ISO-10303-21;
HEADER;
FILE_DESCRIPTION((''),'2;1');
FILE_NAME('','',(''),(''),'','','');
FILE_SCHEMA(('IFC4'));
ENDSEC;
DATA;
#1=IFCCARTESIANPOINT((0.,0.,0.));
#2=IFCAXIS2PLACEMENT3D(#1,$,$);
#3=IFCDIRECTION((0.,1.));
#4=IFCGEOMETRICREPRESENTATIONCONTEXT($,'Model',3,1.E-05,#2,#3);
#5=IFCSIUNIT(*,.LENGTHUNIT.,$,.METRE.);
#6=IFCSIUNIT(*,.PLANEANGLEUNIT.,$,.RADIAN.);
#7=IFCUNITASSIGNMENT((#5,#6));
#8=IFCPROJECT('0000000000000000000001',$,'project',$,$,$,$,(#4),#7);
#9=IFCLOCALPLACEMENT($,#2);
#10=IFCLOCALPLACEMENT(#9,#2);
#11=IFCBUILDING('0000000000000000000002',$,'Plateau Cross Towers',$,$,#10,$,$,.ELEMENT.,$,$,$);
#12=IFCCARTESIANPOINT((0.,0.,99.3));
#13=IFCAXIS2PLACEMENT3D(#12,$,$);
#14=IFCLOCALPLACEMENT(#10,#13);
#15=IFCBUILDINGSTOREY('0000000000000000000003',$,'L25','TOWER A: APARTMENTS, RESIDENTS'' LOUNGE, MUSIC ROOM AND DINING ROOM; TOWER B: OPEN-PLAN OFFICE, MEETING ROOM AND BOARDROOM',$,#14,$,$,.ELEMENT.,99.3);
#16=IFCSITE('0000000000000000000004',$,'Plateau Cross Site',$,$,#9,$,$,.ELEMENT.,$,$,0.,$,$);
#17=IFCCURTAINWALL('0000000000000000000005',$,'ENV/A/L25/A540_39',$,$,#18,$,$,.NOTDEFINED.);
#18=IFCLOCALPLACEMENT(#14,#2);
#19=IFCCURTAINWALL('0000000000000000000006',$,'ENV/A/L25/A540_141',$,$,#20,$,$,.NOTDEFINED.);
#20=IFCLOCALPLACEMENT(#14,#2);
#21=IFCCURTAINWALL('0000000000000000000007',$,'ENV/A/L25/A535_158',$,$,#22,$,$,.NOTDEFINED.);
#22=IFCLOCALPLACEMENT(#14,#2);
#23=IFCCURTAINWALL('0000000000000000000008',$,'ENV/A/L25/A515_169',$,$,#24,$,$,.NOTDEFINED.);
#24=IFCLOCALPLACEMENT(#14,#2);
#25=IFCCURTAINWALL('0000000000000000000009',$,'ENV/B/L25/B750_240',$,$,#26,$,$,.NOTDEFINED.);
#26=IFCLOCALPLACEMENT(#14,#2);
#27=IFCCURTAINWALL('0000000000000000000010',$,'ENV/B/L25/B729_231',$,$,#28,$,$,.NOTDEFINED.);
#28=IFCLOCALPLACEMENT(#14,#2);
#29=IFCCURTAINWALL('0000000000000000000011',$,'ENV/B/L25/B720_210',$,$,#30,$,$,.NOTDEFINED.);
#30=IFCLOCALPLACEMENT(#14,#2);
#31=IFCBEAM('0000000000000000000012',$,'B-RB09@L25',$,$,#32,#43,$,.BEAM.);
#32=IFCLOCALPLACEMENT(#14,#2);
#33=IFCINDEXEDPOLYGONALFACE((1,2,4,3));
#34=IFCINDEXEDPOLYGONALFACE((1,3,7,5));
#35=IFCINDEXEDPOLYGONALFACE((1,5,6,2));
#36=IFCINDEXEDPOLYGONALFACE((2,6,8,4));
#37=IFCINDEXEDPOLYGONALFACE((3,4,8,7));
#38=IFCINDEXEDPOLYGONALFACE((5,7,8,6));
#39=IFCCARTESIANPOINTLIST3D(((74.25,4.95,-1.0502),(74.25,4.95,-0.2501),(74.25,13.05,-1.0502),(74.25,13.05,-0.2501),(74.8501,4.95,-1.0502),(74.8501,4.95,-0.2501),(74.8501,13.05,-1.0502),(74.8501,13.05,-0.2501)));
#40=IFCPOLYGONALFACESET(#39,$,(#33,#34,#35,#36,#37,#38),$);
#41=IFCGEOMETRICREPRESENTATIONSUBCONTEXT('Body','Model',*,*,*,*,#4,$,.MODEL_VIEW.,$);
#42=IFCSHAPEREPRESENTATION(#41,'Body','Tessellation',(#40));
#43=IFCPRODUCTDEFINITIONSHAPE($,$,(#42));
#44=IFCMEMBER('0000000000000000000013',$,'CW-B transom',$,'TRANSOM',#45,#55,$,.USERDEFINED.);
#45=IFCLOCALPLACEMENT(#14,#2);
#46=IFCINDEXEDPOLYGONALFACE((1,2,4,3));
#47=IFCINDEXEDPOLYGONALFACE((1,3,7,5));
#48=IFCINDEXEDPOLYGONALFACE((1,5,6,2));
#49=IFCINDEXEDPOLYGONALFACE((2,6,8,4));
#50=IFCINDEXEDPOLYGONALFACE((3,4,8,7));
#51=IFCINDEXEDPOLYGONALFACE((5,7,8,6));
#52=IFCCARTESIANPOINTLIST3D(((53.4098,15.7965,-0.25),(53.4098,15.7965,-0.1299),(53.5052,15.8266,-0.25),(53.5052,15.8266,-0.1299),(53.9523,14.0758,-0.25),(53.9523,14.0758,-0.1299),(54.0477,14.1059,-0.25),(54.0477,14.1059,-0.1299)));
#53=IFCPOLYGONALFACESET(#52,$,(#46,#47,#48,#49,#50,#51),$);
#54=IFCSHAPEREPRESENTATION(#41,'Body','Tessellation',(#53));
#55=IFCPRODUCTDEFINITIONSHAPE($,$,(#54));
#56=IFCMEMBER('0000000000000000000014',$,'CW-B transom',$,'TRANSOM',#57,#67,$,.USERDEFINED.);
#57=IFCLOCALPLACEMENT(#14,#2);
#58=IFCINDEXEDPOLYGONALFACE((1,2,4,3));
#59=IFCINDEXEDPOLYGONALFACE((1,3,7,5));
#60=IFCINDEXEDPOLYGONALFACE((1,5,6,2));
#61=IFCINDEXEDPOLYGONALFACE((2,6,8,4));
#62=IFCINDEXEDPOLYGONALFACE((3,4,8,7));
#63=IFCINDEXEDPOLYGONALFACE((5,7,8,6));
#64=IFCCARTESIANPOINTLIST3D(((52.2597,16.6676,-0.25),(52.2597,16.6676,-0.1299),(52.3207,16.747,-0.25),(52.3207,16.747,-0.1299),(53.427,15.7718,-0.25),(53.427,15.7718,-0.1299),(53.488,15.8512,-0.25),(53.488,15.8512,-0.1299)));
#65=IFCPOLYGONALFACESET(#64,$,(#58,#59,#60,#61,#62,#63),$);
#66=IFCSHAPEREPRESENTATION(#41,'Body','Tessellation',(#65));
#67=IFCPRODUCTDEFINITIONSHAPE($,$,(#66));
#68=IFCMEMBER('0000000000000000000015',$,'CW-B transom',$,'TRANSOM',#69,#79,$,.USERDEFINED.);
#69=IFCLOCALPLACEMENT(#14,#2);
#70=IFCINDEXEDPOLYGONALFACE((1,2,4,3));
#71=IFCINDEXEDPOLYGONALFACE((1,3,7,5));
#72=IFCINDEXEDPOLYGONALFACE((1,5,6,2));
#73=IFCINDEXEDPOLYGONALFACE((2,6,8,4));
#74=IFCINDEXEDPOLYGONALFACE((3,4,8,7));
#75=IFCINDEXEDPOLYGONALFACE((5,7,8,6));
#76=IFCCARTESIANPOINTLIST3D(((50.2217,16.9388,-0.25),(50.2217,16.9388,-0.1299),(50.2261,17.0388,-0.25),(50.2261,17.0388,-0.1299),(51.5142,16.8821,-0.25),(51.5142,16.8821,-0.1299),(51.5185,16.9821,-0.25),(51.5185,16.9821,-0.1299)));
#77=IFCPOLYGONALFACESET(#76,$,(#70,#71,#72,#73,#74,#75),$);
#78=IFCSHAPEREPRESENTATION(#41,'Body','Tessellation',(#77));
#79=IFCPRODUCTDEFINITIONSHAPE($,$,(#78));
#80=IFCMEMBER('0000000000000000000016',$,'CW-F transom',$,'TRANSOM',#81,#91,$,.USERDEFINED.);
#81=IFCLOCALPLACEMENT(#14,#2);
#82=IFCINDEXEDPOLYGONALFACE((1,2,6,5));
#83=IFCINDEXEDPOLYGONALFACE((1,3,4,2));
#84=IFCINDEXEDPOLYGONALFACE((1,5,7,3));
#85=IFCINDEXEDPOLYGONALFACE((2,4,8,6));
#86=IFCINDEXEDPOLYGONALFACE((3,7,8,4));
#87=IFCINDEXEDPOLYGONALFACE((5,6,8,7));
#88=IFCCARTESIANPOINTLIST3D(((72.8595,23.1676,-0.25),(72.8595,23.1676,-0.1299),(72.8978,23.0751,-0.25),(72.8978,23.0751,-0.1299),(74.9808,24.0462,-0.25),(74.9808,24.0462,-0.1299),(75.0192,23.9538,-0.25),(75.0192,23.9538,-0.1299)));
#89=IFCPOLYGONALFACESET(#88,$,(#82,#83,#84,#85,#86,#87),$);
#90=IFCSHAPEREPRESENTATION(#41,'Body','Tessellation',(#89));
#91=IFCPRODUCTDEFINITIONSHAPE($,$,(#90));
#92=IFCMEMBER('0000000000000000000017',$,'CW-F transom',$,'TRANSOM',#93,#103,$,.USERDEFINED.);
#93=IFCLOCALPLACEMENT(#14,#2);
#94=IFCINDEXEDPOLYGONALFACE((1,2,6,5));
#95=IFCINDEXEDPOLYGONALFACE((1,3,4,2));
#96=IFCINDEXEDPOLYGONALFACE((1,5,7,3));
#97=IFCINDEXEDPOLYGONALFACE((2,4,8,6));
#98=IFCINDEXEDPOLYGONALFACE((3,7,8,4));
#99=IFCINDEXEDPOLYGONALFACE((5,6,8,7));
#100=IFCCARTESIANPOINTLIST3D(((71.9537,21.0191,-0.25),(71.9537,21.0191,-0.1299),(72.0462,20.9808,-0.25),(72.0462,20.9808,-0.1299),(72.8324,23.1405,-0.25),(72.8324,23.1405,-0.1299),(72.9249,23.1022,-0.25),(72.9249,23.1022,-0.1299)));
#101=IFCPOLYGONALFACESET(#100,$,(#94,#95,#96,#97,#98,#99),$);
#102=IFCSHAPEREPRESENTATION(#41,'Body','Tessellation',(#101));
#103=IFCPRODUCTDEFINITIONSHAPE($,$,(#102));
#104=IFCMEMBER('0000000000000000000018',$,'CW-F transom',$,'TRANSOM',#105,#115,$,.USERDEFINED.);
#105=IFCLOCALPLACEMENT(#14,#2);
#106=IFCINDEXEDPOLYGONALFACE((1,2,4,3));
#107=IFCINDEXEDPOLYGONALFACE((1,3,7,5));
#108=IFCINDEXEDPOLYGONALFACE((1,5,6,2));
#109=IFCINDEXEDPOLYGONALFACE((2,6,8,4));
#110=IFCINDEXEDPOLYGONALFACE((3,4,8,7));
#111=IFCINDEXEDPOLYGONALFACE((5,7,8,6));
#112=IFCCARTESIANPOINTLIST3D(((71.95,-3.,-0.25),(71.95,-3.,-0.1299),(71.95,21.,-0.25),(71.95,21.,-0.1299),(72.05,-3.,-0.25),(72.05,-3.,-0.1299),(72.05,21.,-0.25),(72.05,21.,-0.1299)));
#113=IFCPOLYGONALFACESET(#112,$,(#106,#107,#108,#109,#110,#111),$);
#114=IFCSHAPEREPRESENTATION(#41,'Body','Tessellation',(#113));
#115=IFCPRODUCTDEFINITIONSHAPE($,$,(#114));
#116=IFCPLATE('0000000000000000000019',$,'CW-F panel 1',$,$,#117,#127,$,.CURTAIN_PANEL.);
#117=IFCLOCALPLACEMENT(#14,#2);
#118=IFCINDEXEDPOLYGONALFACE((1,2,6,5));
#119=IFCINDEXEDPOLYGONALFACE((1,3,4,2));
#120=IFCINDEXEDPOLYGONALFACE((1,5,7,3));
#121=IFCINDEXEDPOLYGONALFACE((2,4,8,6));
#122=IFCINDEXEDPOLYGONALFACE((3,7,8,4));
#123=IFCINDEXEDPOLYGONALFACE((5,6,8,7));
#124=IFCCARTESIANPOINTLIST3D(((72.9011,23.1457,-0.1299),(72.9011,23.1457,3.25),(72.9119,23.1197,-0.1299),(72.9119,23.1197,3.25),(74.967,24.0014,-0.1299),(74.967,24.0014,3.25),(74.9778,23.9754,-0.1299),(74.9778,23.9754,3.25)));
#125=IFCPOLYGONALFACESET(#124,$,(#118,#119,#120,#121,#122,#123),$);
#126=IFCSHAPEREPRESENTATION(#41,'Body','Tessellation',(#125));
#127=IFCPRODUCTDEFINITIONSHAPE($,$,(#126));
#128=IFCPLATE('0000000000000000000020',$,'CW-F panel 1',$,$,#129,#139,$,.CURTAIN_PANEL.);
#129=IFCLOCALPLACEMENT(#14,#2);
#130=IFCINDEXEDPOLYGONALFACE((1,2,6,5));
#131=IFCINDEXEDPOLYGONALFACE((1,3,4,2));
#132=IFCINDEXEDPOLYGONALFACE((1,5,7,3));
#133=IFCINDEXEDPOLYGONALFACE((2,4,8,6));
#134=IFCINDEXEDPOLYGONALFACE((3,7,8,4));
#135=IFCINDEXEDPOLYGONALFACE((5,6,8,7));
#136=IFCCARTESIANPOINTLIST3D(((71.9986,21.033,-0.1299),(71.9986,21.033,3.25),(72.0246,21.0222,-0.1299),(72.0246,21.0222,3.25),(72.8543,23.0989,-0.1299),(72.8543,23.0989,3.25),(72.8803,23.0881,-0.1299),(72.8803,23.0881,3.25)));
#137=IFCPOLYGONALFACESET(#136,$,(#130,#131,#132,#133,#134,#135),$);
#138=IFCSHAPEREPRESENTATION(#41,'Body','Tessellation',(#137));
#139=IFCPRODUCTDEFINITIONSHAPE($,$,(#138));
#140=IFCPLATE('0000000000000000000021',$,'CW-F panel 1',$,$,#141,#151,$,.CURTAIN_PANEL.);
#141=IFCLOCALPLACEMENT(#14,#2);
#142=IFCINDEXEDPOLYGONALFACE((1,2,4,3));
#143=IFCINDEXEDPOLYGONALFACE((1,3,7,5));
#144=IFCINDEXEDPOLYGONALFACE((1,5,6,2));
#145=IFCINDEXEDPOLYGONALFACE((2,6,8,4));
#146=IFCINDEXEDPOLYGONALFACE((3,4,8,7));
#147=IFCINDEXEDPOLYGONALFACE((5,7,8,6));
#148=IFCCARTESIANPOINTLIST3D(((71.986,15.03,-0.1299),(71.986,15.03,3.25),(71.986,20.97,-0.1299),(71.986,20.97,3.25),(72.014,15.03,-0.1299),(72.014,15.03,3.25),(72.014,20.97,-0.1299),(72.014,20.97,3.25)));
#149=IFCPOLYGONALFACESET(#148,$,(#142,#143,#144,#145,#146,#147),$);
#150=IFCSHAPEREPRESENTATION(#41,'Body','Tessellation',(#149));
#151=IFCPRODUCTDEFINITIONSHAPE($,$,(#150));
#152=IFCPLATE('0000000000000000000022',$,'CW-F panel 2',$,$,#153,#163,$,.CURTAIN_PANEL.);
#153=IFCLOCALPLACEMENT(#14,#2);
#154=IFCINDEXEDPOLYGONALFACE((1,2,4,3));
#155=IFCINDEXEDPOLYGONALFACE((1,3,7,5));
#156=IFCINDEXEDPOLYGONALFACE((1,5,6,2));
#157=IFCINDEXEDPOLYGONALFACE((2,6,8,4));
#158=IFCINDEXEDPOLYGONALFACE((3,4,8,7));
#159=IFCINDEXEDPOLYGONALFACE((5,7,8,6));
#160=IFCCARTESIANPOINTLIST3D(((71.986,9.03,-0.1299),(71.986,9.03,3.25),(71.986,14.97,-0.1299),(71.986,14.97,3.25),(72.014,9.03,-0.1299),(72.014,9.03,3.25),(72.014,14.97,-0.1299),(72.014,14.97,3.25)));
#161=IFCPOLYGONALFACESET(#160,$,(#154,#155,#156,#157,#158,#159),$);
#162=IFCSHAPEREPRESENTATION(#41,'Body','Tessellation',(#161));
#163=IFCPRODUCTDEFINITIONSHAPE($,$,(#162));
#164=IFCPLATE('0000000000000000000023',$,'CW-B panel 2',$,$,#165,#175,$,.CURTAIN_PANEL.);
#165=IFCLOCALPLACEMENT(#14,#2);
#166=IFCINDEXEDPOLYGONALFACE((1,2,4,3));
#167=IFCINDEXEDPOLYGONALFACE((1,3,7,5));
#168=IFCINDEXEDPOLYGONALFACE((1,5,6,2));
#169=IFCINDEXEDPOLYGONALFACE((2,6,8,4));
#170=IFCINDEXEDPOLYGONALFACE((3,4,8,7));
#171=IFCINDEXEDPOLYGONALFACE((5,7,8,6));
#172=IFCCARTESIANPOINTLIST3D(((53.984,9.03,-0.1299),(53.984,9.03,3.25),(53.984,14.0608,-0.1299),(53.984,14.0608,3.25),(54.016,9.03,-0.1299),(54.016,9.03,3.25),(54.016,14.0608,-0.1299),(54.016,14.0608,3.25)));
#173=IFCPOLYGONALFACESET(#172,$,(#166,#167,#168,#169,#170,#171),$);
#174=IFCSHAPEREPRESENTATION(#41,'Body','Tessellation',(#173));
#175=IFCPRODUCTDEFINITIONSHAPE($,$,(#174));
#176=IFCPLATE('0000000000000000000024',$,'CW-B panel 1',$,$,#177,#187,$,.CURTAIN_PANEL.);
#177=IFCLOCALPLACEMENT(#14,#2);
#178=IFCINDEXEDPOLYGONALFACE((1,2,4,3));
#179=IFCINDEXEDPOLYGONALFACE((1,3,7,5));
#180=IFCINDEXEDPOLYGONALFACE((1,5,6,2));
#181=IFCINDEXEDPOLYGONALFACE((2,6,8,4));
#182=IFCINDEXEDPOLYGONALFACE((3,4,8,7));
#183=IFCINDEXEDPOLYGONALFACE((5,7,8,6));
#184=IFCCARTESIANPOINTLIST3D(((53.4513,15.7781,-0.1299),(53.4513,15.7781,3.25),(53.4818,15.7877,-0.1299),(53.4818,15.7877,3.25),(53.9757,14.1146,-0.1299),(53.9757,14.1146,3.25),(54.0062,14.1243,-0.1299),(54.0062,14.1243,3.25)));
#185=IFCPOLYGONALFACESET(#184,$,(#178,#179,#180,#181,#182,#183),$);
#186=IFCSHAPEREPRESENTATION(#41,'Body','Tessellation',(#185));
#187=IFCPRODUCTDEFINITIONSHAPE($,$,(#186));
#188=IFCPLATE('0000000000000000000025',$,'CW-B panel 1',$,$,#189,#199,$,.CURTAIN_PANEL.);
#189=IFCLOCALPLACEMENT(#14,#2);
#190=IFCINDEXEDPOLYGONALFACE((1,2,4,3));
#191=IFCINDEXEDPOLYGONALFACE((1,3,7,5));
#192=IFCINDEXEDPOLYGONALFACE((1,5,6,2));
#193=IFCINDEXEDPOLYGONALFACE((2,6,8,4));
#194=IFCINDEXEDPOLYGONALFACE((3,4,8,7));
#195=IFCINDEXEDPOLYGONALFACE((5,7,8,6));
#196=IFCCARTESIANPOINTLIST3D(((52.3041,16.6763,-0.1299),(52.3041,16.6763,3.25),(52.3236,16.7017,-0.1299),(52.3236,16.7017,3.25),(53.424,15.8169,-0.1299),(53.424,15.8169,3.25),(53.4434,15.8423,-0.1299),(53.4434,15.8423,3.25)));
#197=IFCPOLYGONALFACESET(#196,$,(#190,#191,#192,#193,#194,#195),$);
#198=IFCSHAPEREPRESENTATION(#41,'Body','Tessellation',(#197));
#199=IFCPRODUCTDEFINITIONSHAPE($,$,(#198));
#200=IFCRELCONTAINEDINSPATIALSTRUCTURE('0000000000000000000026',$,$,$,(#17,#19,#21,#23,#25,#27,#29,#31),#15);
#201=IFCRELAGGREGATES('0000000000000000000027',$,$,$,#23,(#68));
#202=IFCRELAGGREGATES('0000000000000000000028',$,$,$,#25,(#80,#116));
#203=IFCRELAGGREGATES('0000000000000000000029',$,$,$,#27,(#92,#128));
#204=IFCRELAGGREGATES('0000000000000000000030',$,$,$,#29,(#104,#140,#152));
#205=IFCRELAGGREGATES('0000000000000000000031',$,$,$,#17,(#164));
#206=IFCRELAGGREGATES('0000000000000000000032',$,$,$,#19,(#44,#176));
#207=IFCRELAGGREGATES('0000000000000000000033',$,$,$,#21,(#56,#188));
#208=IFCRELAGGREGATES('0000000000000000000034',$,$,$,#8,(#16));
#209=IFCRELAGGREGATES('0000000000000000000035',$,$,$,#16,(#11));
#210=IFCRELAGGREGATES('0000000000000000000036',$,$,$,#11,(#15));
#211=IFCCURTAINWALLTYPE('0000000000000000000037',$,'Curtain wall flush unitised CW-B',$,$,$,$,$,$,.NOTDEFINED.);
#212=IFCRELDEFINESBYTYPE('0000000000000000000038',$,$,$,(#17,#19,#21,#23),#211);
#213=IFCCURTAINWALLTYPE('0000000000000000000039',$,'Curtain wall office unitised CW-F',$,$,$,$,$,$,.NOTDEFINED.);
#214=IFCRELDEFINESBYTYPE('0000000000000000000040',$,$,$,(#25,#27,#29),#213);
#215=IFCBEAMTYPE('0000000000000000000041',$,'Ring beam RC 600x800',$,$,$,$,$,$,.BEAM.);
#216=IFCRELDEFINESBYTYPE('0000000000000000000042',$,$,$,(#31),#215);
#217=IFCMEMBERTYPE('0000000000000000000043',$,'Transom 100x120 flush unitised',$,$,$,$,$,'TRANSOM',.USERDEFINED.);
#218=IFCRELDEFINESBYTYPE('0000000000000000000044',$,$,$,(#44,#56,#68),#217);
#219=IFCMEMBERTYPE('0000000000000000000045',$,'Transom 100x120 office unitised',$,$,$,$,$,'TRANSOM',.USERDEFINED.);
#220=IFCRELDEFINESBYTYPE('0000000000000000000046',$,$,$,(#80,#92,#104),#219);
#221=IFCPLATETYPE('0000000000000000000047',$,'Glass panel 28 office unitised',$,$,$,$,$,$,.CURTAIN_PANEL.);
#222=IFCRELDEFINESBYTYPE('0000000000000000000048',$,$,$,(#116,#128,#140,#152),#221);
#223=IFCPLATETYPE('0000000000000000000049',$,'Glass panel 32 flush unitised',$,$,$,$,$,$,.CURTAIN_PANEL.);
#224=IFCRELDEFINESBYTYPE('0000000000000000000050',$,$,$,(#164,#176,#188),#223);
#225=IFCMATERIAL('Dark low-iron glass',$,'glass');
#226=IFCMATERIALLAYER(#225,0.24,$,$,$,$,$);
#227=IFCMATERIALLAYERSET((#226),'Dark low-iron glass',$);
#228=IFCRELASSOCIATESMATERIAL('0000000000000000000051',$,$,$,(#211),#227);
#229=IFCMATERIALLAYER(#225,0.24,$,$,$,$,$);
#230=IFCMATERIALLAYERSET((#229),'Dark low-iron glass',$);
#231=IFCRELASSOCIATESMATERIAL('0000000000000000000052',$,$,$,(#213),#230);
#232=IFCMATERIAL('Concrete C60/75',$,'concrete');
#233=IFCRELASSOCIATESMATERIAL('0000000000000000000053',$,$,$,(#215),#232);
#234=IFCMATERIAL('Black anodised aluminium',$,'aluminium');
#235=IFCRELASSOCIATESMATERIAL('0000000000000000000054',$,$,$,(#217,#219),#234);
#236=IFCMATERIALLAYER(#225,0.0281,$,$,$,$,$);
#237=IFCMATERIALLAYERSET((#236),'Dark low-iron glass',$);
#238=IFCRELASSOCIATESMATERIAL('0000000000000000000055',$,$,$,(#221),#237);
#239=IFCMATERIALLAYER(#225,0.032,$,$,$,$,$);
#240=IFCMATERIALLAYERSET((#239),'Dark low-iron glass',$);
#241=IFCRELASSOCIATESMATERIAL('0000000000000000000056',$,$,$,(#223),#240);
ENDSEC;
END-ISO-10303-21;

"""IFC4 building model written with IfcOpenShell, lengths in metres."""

from ifc_helpers import new_model, si_unit, direction, frame, origin, origin_2d, place, context, subcontext, project, spatial, rectangle, extrude, material, layer, layer_set, material_profile, profile_set, type_object, element, aggregate, save


model = new_model("IFC4")

# Units and contexts
model_context = context("Model", 3, precision=1e-05, world=origin(), true_north=direction((0.0, 1.0)))
body_context = subcontext(model_context, "Body", "Model", "MODEL_VIEW")
ifc_project = project(units=[si_unit("LENGTHUNIT", "METRE"), si_unit("PLANEANGLEUNIT", "RADIAN")], contexts=[model_context])

# Site, building, storey
site_placement = place(None, origin())
site = spatial("IfcSite", under=ifc_project, at=site_placement, Name="Plateau Cross Site", CompositionType="ELEMENT", RefElevation=0.0)
building_placement = place(site_placement, origin())
building = spatial("IfcBuilding", under=site, at=building_placement, Name="Plateau Cross Towers", CompositionType="ELEMENT")
storey_placement = place(building_placement, frame((0.0, 0.0, 99.3)))
storey = spatial("IfcBuildingStorey", under=building, at=storey_placement, Name="L25", Description="TOWER A: APARTMENTS, RESIDENTS' LOUNGE, MUSIC ROOM AND DINING ROOM; TOWER B: OPEN-PLAN OFFICE, MEETING ROOM AND BOARDROOM", CompositionType="ELEMENT", Elevation=99.3)

# Shared definitions
ifc_material_1 = material(Name="Concrete C60/75", Category="concrete")

# Curtain walls
ifc_material_2 = material(Name="Dark low-iron glass", Category="glass")
ifc_layer_1 = layer(ifc_material_2, 0.24)
ifc_layer_set_1 = layer_set([ifc_layer_1], Name="Dark low-iron glass")
curtain_wall_type_1 = type_object("IfcCurtainWallType", Name="Curtain wall flush unitised CW-B", PredefinedType="NOTDEFINED", material=ifc_layer_set_1)
curtain_wall_1_placement = place(storey_placement, origin())
curtain_wall_1 = element("IfcCurtainWall", 1, at=curtain_wall_1_placement, inside=storey, type_object=curtain_wall_type_1, Name="ENV/A/L25/A540_39", PredefinedType="NOTDEFINED")
ifc_material_3 = material(Name="Black anodised aluminium", Category="aluminium")
curtain_wall_2_placement = place(storey_placement, origin())
curtain_wall_2 = element("IfcCurtainWall", 2, at=curtain_wall_2_placement, inside=storey, type_object=curtain_wall_type_1, Name="ENV/A/L25/A540_141", PredefinedType="NOTDEFINED")

# Curtain wall
curtain_wall_3_placement = place(storey_placement, origin())
curtain_wall_3 = element("IfcCurtainWall", 3, at=curtain_wall_3_placement, inside=storey, type_object=curtain_wall_type_1, Name="ENV/A/L25/A535_158", PredefinedType="NOTDEFINED")

# Curtain walls
curtain_wall_4_placement = place(storey_placement, origin())
curtain_wall_4 = element("IfcCurtainWall", 4, at=curtain_wall_4_placement, inside=storey, type_object=curtain_wall_type_1, Name="ENV/A/L25/A515_169", PredefinedType="NOTDEFINED")
ifc_layer_2 = layer(ifc_material_2, 0.24)
ifc_layer_set_2 = layer_set([ifc_layer_2], Name="Dark low-iron glass")
curtain_wall_type_2 = type_object("IfcCurtainWallType", Name="Curtain wall office unitised CW-F", PredefinedType="NOTDEFINED", material=ifc_layer_set_2)
curtain_wall_5_placement = place(storey_placement, origin())
curtain_wall_5 = element("IfcCurtainWall", 5, at=curtain_wall_5_placement, inside=storey, type_object=curtain_wall_type_2, Name="ENV/B/L25/B750_240", PredefinedType="NOTDEFINED")
curtain_wall_6_placement = place(storey_placement, origin())
curtain_wall_6 = element("IfcCurtainWall", 6, at=curtain_wall_6_placement, inside=storey, type_object=curtain_wall_type_2, Name="ENV/B/L25/B729_231", PredefinedType="NOTDEFINED")

# Curtain wall
curtain_wall_7_placement = place(storey_placement, origin())
curtain_wall_7 = element("IfcCurtainWall", 7, at=curtain_wall_7_placement, inside=storey, type_object=curtain_wall_type_2, Name="ENV/B/L25/B720_210", PredefinedType="NOTDEFINED")

# Beam
ifc_material_profile_1 = material_profile(ifc_material_1, rectangle(XDim=0.6001, YDim=0.8, at=origin_2d()), Name="RC 600x800")
ifc_profile_set_1 = profile_set([ifc_material_profile_1], Name="Concrete C60/75")
beam_type = type_object("IfcBeamType", Name="Ring beam RC 600x800", PredefinedType="BEAM", material=ifc_profile_set_1)
for number, where, z_axis, x_axis, name in (
    (8, (74.55, 13.05, -0.6501), (0.0, -1.0, 0.0), (1.0, 0.0, 0.0), "B-RB09@L25"),
):
    element("IfcBeam", number, at=place(storey_placement, frame(where, z_axis=z_axis, x_axis=x_axis)), inside=storey, type_object=beam_type, Name=name, PredefinedType="BEAM", context=body_context, shape_type="SweptSolid", body=[
        extrude(rectangle(XDim=0.6001, YDim=0.8, at=origin_2d()), origin(), (0.0, 0.0, 1.0), 8.1001),
    ])

# Members
ifc_material_profile_2 = material_profile(ifc_material_3, rectangle(XDim=0.1001, YDim=0.1201, at=origin_2d()), Name="TRANSOM 100x120")
ifc_profile_set_2 = profile_set([ifc_material_profile_2], Name="Black anodised aluminium")
member_type_1 = type_object("IfcMemberType", Name="Transom 100x120 flush unitised", ElementType="TRANSOM", PredefinedType="USERDEFINED", material=ifc_profile_set_2)
member_1_placement = place(storey_placement, frame((54.0, 14.0908, -0.1899), z_axis=(-0.300678, 0.953726, 0.0), x_axis=(-0.953726, -0.300678, 0.0)))
member_1 = element("IfcMember", 9, at=member_1_placement, type_object=member_type_1, Name="CW-B transom", ObjectType="TRANSOM", PredefinedType="USERDEFINED", context=body_context, shape_type="SweptSolid", body=[
    extrude(rectangle(XDim=0.1001, YDim=0.1201, at=origin_2d()), origin(), (0.0, 0.0, 1.0), 1.8042),
])
member_2_placement = place(storey_placement, frame((53.4575, 15.8115, -0.1899), z_axis=(-0.793321, 0.608804, 0.0), x_axis=(-0.608804, -0.793321, 0.0)))
member_2 = element("IfcMember", 10, at=member_2_placement, type_object=member_type_1, Name="CW-B transom", ObjectType="TRANSOM", PredefinedType="USERDEFINED", context=body_context, shape_type="SweptSolid", body=[
    extrude(rectangle(XDim=0.1001, YDim=0.1201, at=origin_2d()), origin(), (0.0, 0.0, 1.0), 1.4714),
])
member_3_placement = place(storey_placement, frame((51.5164, 16.9321, -0.1899), z_axis=(-0.999041, 0.043781, 0.0), x_axis=(-0.043781, -0.999041, 0.0)))
member_3 = element("IfcMember", 11, at=member_3_placement, type_object=member_type_1, Name="CW-B transom", ObjectType="TRANSOM", PredefinedType="USERDEFINED", context=body_context, shape_type="SweptSolid", body=[
    extrude(rectangle(XDim=0.1001, YDim=0.1201, at=origin_2d()), origin(), (0.0, 0.0, 1.0), 1.2937),
])
aggregate(curtain_wall_4, [member_3])
ifc_material_profile_3 = material_profile(ifc_material_3, rectangle(XDim=0.1001, YDim=0.1201, at=origin_2d()), Name="TRANSOM 100x120")
ifc_profile_set_3 = profile_set([ifc_material_profile_3], Name="Black anodised aluminium")
member_type_2 = type_object("IfcMemberType", Name="Transom 100x120 office unitised", ElementType="TRANSOM", PredefinedType="USERDEFINED", material=ifc_profile_set_3)
member_4_placement = place(storey_placement, frame((75.0, 24.0, -0.1899), z_axis=(-0.923883, -0.382674, 0.0), x_axis=(0.382674, -0.923883, 0.0)))
member_4 = element("IfcMember", 12, at=member_4_placement, type_object=member_type_2, Name="CW-F transom", ObjectType="TRANSOM", PredefinedType="USERDEFINED", context=body_context, shape_type="SweptSolid", body=[
    extrude(rectangle(XDim=0.1001, YDim=0.1201, at=origin_2d()), origin(), (0.0, 0.0, 1.0), 2.2961),
])
member_5_placement = place(storey_placement, frame((72.8787, 23.1213, -0.1899), z_axis=(-0.382674, -0.923883, 0.0), x_axis=(0.923883, -0.382674, 0.0)))
member_5 = element("IfcMember", 13, at=member_5_placement, type_object=member_type_2, Name="CW-F transom", ObjectType="TRANSOM", PredefinedType="USERDEFINED", context=body_context, shape_type="SweptSolid", body=[
    extrude(rectangle(XDim=0.1001, YDim=0.1201, at=origin_2d()), origin(), (0.0, 0.0, 1.0), 2.2961),
])
member_6_placement = place(storey_placement, frame((72.0, 21.0, -0.1899), z_axis=(0.0, -1.0, 0.0), x_axis=(1.0, 0.0, 0.0)))
member_6 = element("IfcMember", 14, at=member_6_placement, type_object=member_type_2, Name="CW-F transom", ObjectType="TRANSOM", PredefinedType="USERDEFINED", context=body_context, shape_type="SweptSolid", body=[
    extrude(rectangle(XDim=0.1001, YDim=0.1201, at=origin_2d()), origin(), (0.0, 0.0, 1.0), 24.0),
])

# Plates
ifc_layer_3 = layer(ifc_material_2, 0.0281)
ifc_layer_set_3 = layer_set([ifc_layer_3], Name="Dark low-iron glass")
plate_type_1 = type_object("IfcPlateType", Name="Glass panel 28 office unitised", PredefinedType="CURTAIN_PANEL", material=ifc_layer_set_3)
plate_1_placement = place(storey_placement, frame((73.9395, 23.5605, -0.1299), z_axis=(0.0, 0.0, 1.0), x_axis=(-0.923879, -0.382684, 0.0)))
plate_1 = element("IfcPlate", 15, at=plate_1_placement, type_object=plate_type_1, Name="CW-F panel 1", PredefinedType="CURTAIN_PANEL", context=body_context, shape_type="SweptSolid", body=[
    extrude(rectangle(XDim=2.2361, YDim=0.0281, at=origin_2d()), origin(), (0.0, 0.0, 1.0), 3.3799),
])
aggregate(curtain_wall_5, [member_4, plate_1])
plate_2_placement = place(storey_placement, frame((72.4395, 22.0605, -0.1299), z_axis=(0.0, 0.0, 1.0), x_axis=(-0.382684, -0.923879, 0.0)))
plate_2 = element("IfcPlate", 16, at=plate_2_placement, type_object=plate_type_1, Name="CW-F panel 1", PredefinedType="CURTAIN_PANEL", context=body_context, shape_type="SweptSolid", body=[
    extrude(rectangle(XDim=2.2361, YDim=0.0281, at=origin_2d()), origin(), (0.0, 0.0, 1.0), 3.3799),
])
aggregate(curtain_wall_6, [member_5, plate_2])
plate_3_placement = place(storey_placement, frame((72.0, 18.0, -0.1299), z_axis=(0.0, 0.0, 1.0), x_axis=(0.0, -1.0, 0.0)))
plate_3 = element("IfcPlate", 17, at=plate_3_placement, type_object=plate_type_1, Name="CW-F panel 1", PredefinedType="CURTAIN_PANEL", context=body_context, shape_type="SweptSolid", body=[
    extrude(rectangle(XDim=5.9399, YDim=0.0281, at=origin_2d()), origin(), (0.0, 0.0, 1.0), 3.3799),
])
plate_4_placement = place(storey_placement, frame((72.0, 12.0, -0.1299), z_axis=(0.0, 0.0, 1.0), x_axis=(0.0, -1.0, 0.0)))
plate_4 = element("IfcPlate", 18, at=plate_4_placement, type_object=plate_type_1, Name="CW-F panel 2", PredefinedType="CURTAIN_PANEL", context=body_context, shape_type="SweptSolid", body=[
    extrude(rectangle(XDim=5.9399, YDim=0.0281, at=origin_2d()), origin(), (0.0, 0.0, 1.0), 3.3799),
])
aggregate(curtain_wall_7, [member_6, plate_3, plate_4])
ifc_layer_4 = layer(ifc_material_2, 0.032)
ifc_layer_set_4 = layer_set([ifc_layer_4], Name="Dark low-iron glass")
plate_type_2 = type_object("IfcPlateType", Name="Glass panel 32 flush unitised", PredefinedType="CURTAIN_PANEL", material=ifc_layer_set_4)
plate_5_placement = place(storey_placement, frame((54.0, 11.5454, -0.1299), z_axis=(0.0, 0.0, 1.0), x_axis=(0.0, 1.0, 0.0)))
plate_5 = element("IfcPlate", 19, at=plate_5_placement, type_object=plate_type_2, Name="CW-B panel 2", PredefinedType="CURTAIN_PANEL", context=body_context, shape_type="SweptSolid", body=[
    extrude(rectangle(XDim=5.0308, YDim=0.032, at=origin_2d()), origin(), (0.0, 0.0, 1.0), 3.3799),
])
aggregate(curtain_wall_1, [plate_5])
plate_6_placement = place(storey_placement, frame((53.7288, 14.9512, -0.1299), z_axis=(0.0, 0.0, 1.0), x_axis=(-0.300686, 0.953723, 0.0)))
plate_6 = element("IfcPlate", 20, at=plate_6_placement, type_object=plate_type_2, Name="CW-B panel 1", PredefinedType="CURTAIN_PANEL", context=body_context, shape_type="SweptSolid", body=[
    extrude(rectangle(XDim=1.7441, YDim=0.032, at=origin_2d()), origin(), (0.0, 0.0, 1.0), 3.3799),
])
aggregate(curtain_wall_2, [member_1, plate_6])
plate_7_placement = place(storey_placement, frame((52.8738, 16.2593, -0.1299), z_axis=(0.0, 0.0, 1.0), x_axis=(-0.793316, 0.608811, 0.0)))
plate_7 = element("IfcPlate", 21, at=plate_7_placement, type_object=plate_type_2, Name="CW-B panel 1", PredefinedType="CURTAIN_PANEL", context=body_context, shape_type="SweptSolid", body=[
    extrude(rectangle(XDim=1.4116, YDim=0.032, at=origin_2d()), origin(), (0.0, 0.0, 1.0), 3.3799),
])
aggregate(curtain_wall_3, [member_2, plate_7])

save(model, "model.ifc")
